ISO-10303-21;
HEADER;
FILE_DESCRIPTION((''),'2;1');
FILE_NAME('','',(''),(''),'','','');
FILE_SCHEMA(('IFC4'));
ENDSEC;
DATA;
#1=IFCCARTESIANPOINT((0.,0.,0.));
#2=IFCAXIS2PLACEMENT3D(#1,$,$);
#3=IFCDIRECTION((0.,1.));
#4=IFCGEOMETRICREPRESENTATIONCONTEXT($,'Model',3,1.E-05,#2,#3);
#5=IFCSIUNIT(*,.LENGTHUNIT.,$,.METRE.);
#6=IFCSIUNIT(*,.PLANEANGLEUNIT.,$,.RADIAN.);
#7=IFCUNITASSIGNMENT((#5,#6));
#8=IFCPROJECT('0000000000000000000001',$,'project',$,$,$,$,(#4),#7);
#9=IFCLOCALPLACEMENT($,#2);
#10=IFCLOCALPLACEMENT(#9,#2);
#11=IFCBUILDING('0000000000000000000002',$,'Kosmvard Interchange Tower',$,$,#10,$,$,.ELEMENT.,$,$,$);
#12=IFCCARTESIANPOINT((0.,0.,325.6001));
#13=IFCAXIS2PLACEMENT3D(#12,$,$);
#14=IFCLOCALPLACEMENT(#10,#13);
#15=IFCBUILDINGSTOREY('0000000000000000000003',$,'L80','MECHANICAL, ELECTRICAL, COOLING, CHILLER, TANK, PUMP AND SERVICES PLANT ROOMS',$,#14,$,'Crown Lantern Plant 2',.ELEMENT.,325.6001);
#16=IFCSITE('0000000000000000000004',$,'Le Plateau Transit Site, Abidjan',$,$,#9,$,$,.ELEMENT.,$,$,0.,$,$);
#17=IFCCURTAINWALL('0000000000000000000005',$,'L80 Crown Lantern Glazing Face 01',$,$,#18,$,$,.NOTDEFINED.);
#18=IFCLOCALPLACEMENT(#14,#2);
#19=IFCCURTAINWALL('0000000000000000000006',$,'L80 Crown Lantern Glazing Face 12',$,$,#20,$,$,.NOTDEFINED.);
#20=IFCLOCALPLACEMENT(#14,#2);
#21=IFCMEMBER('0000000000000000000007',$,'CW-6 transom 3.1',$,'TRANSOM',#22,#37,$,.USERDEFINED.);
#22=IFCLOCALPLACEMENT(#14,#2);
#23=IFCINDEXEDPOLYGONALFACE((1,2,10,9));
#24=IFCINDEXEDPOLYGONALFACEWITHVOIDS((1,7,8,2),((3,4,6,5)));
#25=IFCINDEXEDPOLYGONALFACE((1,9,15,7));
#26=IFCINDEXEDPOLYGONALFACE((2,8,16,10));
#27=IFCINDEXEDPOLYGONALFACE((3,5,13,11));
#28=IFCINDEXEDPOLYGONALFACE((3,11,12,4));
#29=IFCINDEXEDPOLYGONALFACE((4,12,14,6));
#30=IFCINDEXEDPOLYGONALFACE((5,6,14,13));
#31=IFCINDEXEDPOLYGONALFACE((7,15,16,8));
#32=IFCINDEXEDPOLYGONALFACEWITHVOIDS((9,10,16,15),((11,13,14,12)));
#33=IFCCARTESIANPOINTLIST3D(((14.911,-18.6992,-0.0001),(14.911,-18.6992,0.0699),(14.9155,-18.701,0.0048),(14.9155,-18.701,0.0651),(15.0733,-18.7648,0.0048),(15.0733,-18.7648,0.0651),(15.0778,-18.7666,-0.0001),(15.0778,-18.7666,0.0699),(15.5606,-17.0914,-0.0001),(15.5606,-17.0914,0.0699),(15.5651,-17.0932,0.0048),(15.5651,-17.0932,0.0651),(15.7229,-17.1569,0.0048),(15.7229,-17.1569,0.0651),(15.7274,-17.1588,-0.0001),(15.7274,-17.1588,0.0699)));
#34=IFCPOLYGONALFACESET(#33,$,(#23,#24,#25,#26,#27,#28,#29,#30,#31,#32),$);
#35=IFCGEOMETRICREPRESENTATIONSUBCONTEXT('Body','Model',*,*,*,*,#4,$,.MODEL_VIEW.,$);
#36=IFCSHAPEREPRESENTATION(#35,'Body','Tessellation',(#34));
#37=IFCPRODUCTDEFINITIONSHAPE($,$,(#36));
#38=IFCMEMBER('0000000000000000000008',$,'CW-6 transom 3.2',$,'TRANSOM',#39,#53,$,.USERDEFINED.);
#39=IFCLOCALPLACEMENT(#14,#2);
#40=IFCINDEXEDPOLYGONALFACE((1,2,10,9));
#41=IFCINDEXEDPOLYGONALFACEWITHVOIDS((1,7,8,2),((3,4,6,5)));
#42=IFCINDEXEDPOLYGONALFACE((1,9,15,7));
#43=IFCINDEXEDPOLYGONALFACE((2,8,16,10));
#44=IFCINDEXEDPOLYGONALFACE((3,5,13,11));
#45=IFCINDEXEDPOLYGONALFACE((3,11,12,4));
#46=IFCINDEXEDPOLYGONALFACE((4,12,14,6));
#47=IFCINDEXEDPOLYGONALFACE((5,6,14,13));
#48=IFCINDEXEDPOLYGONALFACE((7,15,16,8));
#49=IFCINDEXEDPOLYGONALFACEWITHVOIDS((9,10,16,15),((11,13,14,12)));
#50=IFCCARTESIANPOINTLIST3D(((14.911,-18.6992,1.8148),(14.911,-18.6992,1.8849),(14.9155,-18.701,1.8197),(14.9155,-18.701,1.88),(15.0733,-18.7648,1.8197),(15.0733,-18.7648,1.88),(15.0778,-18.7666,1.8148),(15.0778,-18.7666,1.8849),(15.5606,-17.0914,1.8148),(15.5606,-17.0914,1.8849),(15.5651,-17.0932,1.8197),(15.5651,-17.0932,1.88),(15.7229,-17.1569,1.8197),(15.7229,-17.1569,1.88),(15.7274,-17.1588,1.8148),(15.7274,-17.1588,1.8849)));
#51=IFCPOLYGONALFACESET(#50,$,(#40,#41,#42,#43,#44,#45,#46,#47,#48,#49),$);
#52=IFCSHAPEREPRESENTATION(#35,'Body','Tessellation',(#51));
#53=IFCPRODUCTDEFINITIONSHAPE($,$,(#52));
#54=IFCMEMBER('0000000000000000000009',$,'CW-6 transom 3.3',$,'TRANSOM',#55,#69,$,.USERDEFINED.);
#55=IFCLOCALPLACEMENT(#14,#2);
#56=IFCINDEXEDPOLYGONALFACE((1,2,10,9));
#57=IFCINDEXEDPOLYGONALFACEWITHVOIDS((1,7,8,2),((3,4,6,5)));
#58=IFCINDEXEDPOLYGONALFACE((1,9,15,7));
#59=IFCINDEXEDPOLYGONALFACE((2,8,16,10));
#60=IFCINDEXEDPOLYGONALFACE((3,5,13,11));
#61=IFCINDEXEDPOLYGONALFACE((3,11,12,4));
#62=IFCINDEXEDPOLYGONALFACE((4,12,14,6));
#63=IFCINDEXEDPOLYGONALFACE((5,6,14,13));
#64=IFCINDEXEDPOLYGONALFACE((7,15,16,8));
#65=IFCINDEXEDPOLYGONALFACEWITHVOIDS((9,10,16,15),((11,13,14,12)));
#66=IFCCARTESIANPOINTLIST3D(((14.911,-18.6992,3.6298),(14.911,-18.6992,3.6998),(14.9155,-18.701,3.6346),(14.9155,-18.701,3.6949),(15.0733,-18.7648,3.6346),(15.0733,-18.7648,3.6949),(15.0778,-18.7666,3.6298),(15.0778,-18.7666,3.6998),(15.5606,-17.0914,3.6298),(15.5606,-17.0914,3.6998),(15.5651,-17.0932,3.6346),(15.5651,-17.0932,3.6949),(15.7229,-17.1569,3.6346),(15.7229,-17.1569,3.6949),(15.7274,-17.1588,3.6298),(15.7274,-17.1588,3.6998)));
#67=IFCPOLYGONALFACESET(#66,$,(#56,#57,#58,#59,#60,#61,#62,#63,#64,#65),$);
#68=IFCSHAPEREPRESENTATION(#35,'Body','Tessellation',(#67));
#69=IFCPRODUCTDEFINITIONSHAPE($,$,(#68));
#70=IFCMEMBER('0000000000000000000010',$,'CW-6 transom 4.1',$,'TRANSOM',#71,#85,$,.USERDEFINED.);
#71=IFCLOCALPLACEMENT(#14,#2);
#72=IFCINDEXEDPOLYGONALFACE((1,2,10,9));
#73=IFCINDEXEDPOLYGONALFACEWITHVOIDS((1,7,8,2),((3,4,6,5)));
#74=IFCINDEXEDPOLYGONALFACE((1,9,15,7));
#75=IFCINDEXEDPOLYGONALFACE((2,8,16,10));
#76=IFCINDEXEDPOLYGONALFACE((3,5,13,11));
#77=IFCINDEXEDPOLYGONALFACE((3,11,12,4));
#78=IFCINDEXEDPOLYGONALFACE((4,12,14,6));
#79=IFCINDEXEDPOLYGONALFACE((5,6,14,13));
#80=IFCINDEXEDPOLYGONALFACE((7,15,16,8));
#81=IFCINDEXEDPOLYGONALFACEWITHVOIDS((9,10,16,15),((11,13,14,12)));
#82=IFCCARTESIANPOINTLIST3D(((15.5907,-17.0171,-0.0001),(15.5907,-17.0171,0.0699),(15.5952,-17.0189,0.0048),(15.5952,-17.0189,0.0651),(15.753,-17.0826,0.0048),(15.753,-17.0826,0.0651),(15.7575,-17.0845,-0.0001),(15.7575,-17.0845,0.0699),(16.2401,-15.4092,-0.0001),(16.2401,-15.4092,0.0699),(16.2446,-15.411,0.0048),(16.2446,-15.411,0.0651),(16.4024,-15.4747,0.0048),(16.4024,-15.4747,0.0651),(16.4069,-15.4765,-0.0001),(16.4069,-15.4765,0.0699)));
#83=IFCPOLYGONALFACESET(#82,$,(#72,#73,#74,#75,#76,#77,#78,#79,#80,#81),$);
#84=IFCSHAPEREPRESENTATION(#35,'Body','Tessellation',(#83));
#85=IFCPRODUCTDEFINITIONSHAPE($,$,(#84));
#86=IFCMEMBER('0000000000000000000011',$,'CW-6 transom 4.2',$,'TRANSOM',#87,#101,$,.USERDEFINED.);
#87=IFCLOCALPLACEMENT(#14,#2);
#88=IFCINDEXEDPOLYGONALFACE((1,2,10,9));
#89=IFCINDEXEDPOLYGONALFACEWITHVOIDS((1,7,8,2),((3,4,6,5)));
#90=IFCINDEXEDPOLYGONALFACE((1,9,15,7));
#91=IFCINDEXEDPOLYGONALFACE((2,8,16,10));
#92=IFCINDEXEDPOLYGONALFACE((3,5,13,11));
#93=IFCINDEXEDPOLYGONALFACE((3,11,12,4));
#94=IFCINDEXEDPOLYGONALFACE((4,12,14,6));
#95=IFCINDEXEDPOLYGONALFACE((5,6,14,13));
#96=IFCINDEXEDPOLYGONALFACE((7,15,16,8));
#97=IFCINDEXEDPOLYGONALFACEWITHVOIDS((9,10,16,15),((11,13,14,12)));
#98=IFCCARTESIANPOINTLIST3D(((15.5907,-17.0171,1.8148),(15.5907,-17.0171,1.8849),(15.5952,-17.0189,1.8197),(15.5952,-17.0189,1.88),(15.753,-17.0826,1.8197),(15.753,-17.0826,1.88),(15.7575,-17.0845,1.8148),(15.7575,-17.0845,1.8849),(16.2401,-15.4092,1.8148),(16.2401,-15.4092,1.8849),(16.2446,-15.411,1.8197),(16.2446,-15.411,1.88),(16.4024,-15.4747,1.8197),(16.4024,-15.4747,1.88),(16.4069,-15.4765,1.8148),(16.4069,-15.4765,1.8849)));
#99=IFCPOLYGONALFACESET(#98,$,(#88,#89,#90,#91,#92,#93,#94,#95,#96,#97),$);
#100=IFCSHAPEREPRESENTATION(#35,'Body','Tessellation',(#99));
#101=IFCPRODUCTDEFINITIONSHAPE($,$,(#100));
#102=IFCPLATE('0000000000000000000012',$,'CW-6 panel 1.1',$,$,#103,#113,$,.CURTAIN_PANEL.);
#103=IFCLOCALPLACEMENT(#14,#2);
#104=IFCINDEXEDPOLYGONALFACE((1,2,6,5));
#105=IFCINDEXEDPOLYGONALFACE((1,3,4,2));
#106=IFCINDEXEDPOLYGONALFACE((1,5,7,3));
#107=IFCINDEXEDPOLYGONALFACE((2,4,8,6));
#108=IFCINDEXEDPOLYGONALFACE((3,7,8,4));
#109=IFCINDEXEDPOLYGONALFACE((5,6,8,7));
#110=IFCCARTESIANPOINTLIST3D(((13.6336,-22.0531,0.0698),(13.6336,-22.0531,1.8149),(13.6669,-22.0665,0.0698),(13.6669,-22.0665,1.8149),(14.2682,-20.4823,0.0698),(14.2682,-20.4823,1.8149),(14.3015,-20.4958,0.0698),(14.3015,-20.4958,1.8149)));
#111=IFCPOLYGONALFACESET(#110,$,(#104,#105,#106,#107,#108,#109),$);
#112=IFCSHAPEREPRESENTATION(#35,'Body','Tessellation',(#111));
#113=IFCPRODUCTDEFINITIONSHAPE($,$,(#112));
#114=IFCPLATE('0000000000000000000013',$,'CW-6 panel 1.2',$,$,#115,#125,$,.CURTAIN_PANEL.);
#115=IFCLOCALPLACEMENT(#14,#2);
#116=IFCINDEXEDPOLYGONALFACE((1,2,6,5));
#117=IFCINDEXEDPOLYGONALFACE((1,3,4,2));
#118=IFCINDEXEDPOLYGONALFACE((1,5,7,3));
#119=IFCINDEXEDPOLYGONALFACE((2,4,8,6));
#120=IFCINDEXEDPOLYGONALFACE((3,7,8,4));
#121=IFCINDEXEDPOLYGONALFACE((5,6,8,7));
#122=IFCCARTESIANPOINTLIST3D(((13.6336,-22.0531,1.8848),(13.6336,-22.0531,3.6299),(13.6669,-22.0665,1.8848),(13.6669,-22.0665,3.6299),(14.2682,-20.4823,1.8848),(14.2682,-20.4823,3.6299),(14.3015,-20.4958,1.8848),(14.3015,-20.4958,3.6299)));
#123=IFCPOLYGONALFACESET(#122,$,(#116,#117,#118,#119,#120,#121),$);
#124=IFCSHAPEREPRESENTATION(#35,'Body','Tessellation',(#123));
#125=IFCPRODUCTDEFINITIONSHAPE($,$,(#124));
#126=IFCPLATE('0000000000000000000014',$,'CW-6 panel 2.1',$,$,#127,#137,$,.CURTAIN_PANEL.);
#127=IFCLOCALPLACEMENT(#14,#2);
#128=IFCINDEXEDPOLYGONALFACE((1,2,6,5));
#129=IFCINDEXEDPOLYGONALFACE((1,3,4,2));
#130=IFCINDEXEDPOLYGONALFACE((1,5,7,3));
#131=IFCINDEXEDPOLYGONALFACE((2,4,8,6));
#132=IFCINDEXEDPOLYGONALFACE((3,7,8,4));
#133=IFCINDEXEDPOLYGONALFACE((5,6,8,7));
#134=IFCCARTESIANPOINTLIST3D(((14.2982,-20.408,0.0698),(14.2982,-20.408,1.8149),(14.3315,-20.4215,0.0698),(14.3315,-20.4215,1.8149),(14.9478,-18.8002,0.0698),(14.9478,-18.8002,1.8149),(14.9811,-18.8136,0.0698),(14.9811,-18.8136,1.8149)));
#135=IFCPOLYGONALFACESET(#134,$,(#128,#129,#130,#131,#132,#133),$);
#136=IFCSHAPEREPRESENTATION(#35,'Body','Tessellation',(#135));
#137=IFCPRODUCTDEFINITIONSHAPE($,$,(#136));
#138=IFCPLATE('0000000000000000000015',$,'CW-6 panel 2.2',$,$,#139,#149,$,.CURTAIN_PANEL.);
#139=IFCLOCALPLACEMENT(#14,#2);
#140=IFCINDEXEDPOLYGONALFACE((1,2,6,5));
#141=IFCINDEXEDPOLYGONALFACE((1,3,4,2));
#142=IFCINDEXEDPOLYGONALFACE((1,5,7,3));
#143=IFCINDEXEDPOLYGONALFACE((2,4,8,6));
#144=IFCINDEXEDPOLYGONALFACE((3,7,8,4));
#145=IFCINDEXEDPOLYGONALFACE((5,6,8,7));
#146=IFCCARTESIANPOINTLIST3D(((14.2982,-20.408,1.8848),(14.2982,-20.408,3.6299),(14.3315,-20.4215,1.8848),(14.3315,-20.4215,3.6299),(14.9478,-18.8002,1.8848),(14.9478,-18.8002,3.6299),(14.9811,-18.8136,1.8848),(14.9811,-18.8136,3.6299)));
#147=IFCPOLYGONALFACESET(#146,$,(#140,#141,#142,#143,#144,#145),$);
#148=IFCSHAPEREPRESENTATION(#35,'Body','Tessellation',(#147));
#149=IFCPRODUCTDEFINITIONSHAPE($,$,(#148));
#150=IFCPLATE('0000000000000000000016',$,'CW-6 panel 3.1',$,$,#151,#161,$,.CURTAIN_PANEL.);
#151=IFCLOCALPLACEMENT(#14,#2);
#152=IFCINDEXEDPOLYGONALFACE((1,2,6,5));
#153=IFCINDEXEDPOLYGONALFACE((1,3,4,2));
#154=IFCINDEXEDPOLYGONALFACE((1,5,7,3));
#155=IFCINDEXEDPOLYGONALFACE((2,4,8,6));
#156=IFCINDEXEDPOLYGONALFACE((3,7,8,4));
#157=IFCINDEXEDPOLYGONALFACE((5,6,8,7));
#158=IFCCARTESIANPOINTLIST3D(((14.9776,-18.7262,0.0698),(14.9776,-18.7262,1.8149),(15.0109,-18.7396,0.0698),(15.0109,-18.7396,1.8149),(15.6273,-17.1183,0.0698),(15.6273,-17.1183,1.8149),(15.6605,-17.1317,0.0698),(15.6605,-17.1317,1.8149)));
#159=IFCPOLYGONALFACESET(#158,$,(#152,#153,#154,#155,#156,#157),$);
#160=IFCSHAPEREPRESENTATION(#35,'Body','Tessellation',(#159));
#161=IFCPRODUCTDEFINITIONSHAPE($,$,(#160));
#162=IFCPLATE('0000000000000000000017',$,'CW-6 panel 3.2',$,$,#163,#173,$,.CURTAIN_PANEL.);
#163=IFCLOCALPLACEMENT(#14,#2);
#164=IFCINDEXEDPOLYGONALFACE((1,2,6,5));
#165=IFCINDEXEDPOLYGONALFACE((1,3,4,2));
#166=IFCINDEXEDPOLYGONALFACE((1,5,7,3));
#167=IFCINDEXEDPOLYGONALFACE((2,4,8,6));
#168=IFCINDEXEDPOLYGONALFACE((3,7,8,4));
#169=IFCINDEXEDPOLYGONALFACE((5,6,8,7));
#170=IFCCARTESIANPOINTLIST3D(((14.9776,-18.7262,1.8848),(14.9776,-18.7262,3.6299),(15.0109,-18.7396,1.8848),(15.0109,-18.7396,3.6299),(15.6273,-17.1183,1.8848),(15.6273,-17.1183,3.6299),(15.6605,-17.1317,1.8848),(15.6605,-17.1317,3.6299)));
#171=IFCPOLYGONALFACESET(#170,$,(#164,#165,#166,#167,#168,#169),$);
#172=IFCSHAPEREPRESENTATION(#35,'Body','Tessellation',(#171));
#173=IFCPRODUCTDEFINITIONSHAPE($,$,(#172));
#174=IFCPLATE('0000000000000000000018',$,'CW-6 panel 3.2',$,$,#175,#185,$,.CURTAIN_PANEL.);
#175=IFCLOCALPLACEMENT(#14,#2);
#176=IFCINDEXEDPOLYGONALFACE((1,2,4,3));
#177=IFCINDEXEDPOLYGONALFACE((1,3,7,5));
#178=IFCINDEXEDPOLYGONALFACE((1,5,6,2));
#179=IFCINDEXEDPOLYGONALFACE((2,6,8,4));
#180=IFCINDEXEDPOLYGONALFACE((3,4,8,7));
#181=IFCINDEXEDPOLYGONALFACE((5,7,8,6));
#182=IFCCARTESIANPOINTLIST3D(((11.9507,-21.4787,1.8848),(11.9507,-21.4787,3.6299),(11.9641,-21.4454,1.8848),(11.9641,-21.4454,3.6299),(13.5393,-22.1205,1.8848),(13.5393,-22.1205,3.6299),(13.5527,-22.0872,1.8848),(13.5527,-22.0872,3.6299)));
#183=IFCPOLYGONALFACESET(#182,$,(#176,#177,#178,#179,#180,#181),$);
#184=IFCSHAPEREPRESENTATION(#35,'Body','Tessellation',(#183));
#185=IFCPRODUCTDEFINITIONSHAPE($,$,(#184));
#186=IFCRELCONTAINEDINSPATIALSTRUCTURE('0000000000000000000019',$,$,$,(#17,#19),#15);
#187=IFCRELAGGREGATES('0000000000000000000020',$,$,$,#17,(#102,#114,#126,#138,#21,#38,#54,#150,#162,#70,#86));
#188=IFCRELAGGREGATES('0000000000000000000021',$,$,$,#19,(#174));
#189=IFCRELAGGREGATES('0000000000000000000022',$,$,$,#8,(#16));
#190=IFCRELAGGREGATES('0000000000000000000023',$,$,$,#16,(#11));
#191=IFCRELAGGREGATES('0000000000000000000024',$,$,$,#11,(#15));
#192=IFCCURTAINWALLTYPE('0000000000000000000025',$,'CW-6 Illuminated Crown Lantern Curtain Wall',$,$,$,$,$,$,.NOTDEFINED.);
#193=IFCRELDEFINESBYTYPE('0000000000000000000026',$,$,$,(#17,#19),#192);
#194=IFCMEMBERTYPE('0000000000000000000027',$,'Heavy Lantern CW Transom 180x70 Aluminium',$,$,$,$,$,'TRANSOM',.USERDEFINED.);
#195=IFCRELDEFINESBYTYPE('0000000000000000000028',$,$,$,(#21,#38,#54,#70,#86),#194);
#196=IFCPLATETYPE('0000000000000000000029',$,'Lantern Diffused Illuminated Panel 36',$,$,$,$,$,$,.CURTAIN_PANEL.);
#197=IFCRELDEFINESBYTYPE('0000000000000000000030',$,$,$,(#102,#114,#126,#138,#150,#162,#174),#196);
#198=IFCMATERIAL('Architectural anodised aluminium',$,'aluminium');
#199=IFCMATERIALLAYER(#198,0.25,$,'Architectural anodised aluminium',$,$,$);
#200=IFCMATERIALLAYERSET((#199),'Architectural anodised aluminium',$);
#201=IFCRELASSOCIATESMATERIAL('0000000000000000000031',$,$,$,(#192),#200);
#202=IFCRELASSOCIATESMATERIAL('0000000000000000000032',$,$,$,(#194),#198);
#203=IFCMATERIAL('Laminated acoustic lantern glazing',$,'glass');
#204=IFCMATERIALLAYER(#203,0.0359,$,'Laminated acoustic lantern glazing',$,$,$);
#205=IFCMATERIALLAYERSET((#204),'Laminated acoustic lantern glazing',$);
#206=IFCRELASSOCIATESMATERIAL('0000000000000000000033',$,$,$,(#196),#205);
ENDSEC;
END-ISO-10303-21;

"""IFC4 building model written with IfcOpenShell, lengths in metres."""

from ifc_helpers import new_model, si_unit, direction, frame, origin, origin_2d, place, context, subcontext, project, spatial, rectangle, hollow_rectangle, extrude, source, transform, mapped, material, layer, layer_set, material_profile, profile_set, type_object, element, aggregate, save


model = new_model("IFC4")

# Units and contexts
model_context = context("Model", 3, precision=1e-05, world=origin(), true_north=direction((0.0, 1.0)))
body_context = subcontext(model_context, "Body", "Model", "MODEL_VIEW")
ifc_project = project(units=[si_unit("LENGTHUNIT", "METRE"), si_unit("PLANEANGLEUNIT", "RADIAN")], contexts=[model_context])

# Site, building, storey
site_placement = place(None, origin())
site = spatial("IfcSite", under=ifc_project, at=site_placement, Name="Le Plateau Transit Site, Abidjan", CompositionType="ELEMENT", RefElevation=0.0)
building_placement = place(site_placement, origin())
building = spatial("IfcBuilding", under=site, at=building_placement, Name="Kosmvard Interchange Tower", CompositionType="ELEMENT")
storey_placement = place(building_placement, frame((0.0, 0.0, 325.6001)))
storey = spatial("IfcBuildingStorey", under=building, at=storey_placement, Name="L80", Description="MECHANICAL, ELECTRICAL, COOLING, CHILLER, TANK, PUMP AND SERVICES PLANT ROOMS", LongName="Crown Lantern Plant 2", CompositionType="ELEMENT", Elevation=325.6001)

# Curtain wall
ifc_material_1 = material(Name="Architectural anodised aluminium", Category="aluminium")
ifc_layer_1 = layer(ifc_material_1, 0.25, Name="Architectural anodised aluminium")
ifc_layer_set_1 = layer_set([ifc_layer_1], Name="Architectural anodised aluminium")
curtain_wall_type = type_object("IfcCurtainWallType", Name="CW-6 Illuminated Crown Lantern Curtain Wall", PredefinedType="NOTDEFINED", material=ifc_layer_set_1)
curtain_wall_1_placement = place(storey_placement, origin())
curtain_wall_1 = element("IfcCurtainWall", 1, at=curtain_wall_1_placement, inside=storey, type_object=curtain_wall_type, Name="L80 Crown Lantern Glazing Face 01", PredefinedType="NOTDEFINED")

# Curtain wall
curtain_wall_2_placement = place(storey_placement, origin())
curtain_wall_2 = element("IfcCurtainWall", 2, at=curtain_wall_2_placement, inside=storey, type_object=curtain_wall_type, Name="L80 Crown Lantern Glazing Face 12", PredefinedType="NOTDEFINED")

# Members
ifc_material_profile_1 = material_profile(ifc_material_1, hollow_rectangle(XDim=0.1799, YDim=0.0701, WallThickness=0.0049, at=origin_2d()), Name="CWT 180x70x5")
ifc_profile_set_1 = profile_set([ifc_material_profile_1], Name="Architectural anodised aluminium")
member_type_1 = type_object("IfcMemberType", Name="Heavy Lantern CW Transom 180x70 Aluminium", ElementType="TRANSOM", PredefinedType="USERDEFINED", material=ifc_profile_set_1)
shared_shape_1 = source(origin(), body_context, "Body", "SweptSolid", [
    extrude(hollow_rectangle(XDim=0.1799, YDim=0.0701, WallThickness=0.0049, at=origin_2d()), origin(), (0.0, 0.0, 1.0), 1.7341),
])
member_1_placement = place(storey_placement, frame((14.9944, -18.7329, 0.0349), z_axis=(0.374617, 0.92718, 0.0), x_axis=(-0.92718, 0.374617, 0.0)))
member_1 = element("IfcMember", 3, at=member_1_placement, type_object=member_type_1, Name="CW-6 transom 3.1", ObjectType="TRANSOM", PredefinedType="USERDEFINED", context=body_context, shape_type="MappedRepresentation", body=[
    mapped(shared_shape_1, transform((0.0, 0.0, 0.0), scale=1.0)),
])
member_2_placement = place(storey_placement, frame((14.9944, -18.7329, 1.8499), z_axis=(0.374617, 0.92718, 0.0), x_axis=(-0.92718, 0.374617, 0.0)))
member_2 = element("IfcMember", 4, at=member_2_placement, type_object=member_type_1, Name="CW-6 transom 3.2", ObjectType="TRANSOM", PredefinedType="USERDEFINED", context=body_context, shape_type="MappedRepresentation", body=[
    mapped(shared_shape_1, transform((0.0, 0.0, 0.0), scale=1.0)),
])
member_3_placement = place(storey_placement, frame((14.9944, -18.7329, 3.6648), z_axis=(0.374617, 0.92718, 0.0), x_axis=(-0.92718, 0.374617, 0.0)))
member_3 = element("IfcMember", 5, at=member_3_placement, type_object=member_type_1, Name="CW-6 transom 3.3", ObjectType="TRANSOM", PredefinedType="USERDEFINED", context=body_context, shape_type="MappedRepresentation", body=[
    mapped(shared_shape_1, transform((0.0, 0.0, 0.0), scale=1.0)),
])
member_4_placement = place(storey_placement, frame((15.6741, -17.0508, 0.0349), z_axis=(0.374496, 0.927229, 0.0), x_axis=(-0.927229, 0.374496, 0.0)))
member_4 = element("IfcMember", 6, at=member_4_placement, type_object=member_type_1, Name="CW-6 transom 4.1", ObjectType="TRANSOM", PredefinedType="USERDEFINED", context=body_context, shape_type="MappedRepresentation", body=[
    mapped(shared_shape_1, transform((0.0, 0.0, 0.0), scale=1.0)),
])
member_5_placement = place(storey_placement, frame((15.6741, -17.0508, 1.8499), z_axis=(0.374496, 0.927229, 0.0), x_axis=(-0.927229, 0.374496, 0.0)))
member_5 = element("IfcMember", 7, at=member_5_placement, type_object=member_type_1, Name="CW-6 transom 4.2", ObjectType="TRANSOM", PredefinedType="USERDEFINED", context=body_context, shape_type="MappedRepresentation", body=[
    mapped(shared_shape_1, transform((0.0, 0.0, 0.0), scale=1.0)),
])

# Plates
ifc_material_2 = material(Name="Laminated acoustic lantern glazing", Category="glass")
ifc_layer_2 = layer(ifc_material_2, 0.0359, Name="Laminated acoustic lantern glazing")
ifc_layer_set_2 = layer_set([ifc_layer_2], Name="Laminated acoustic lantern glazing")
plate_type = type_object("IfcPlateType", Name="Lantern Diffused Illuminated Panel 36", PredefinedType="CURTAIN_PANEL", material=ifc_layer_set_2)
shared_shape_2 = source(origin(), body_context, "Body", "SweptSolid", [
    extrude(rectangle(XDim=1.6941, YDim=0.0359, at=origin_2d()), origin(), (0.0, 0.0, 1.0), 1.7451),
])
plate_1_placement = place(storey_placement, frame((13.9675, -21.2744, 0.0698), z_axis=(0.0, 0.0, 1.0), x_axis=(0.374607, 0.927184, 0.0)))
plate_1 = element("IfcPlate", 8, at=plate_1_placement, type_object=plate_type, Name="CW-6 panel 1.1", PredefinedType="CURTAIN_PANEL", context=body_context, shape_type="MappedRepresentation", body=[
    mapped(shared_shape_2, transform((0.0, 0.0, 0.0), scale=1.0)),
])
plate_2_placement = place(storey_placement, frame((13.9675, -21.2744, 1.8848), z_axis=(0.0, 0.0, 1.0), x_axis=(0.374607, 0.927184, 0.0)))
plate_2 = element("IfcPlate", 9, at=plate_2_placement, type_object=plate_type, Name="CW-6 panel 1.2", PredefinedType="CURTAIN_PANEL", context=body_context, shape_type="MappedRepresentation", body=[
    mapped(shared_shape_2, transform((0.0, 0.0, 0.0), scale=1.0)),
])
shared_shape_3 = source(origin(), body_context, "Body", "SweptSolid", [
    extrude(rectangle(XDim=1.7341, YDim=0.0359, at=origin_2d()), origin(), (0.0, 0.0, 1.0), 1.7451),
])
plate_3_placement = place(storey_placement, frame((14.6396, -19.6108, 0.0698), z_axis=(0.0, 0.0, 1.0), x_axis=(0.374607, 0.927184, 0.0)))
plate_3 = element("IfcPlate", 10, at=plate_3_placement, type_object=plate_type, Name="CW-6 panel 2.1", PredefinedType="CURTAIN_PANEL", context=body_context, shape_type="MappedRepresentation", body=[
    mapped(shared_shape_3, transform((0.0, 0.0, 0.0), scale=1.0)),
])
plate_4_placement = place(storey_placement, frame((14.6396, -19.6108, 1.8848), z_axis=(0.0, 0.0, 1.0), x_axis=(0.374607, 0.927184, 0.0)))
plate_4 = element("IfcPlate", 11, at=plate_4_placement, type_object=plate_type, Name="CW-6 panel 2.2", PredefinedType="CURTAIN_PANEL", context=body_context, shape_type="MappedRepresentation", body=[
    mapped(shared_shape_3, transform((0.0, 0.0, 0.0), scale=1.0)),
])
plate_5_placement = place(storey_placement, frame((15.3191, -17.929, 0.0698), z_axis=(0.0, 0.0, 1.0), x_axis=(0.374607, 0.927184, 0.0)))
plate_5 = element("IfcPlate", 12, at=plate_5_placement, type_object=plate_type, Name="CW-6 panel 3.1", PredefinedType="CURTAIN_PANEL", context=body_context, shape_type="MappedRepresentation", body=[
    mapped(shared_shape_3, transform((0.0, 0.0, 0.0), scale=1.0)),
])
plate_6_placement = place(storey_placement, frame((15.3191, -17.929, 1.8848), z_axis=(0.0, 0.0, 1.0), x_axis=(0.374607, 0.927184, 0.0)))
plate_6 = element("IfcPlate", 13, at=plate_6_placement, type_object=plate_type, Name="CW-6 panel 3.2", PredefinedType="CURTAIN_PANEL", context=body_context, shape_type="MappedRepresentation", body=[
    mapped(shared_shape_3, transform((0.0, 0.0, 0.0), scale=1.0)),
])
aggregate(curtain_wall_1, [plate_1, plate_2, plate_3, plate_4, member_1, member_2, member_3, plate_5, plate_6, member_4, member_5])
shared_shape_4 = source(origin(), body_context, "Body", "SweptSolid", [
    extrude(rectangle(XDim=1.7134, YDim=0.0359, at=origin_2d()), origin(), (0.0, 0.0, 1.0), 1.7451),
])
plate_7_placement = place(storey_placement, frame((12.7517, -21.783, 1.8848), z_axis=(0.0, 0.0, 1.0), x_axis=(0.927184, -0.374607, 0.0)))
plate_7 = element("IfcPlate", 14, at=plate_7_placement, type_object=plate_type, Name="CW-6 panel 3.2", PredefinedType="CURTAIN_PANEL", context=body_context, shape_type="MappedRepresentation", body=[
    mapped(shared_shape_4, transform((0.0, 0.0, 0.0), scale=1.0)),
])
aggregate(curtain_wall_2, [plate_7])

save(model, "model.ifc")
